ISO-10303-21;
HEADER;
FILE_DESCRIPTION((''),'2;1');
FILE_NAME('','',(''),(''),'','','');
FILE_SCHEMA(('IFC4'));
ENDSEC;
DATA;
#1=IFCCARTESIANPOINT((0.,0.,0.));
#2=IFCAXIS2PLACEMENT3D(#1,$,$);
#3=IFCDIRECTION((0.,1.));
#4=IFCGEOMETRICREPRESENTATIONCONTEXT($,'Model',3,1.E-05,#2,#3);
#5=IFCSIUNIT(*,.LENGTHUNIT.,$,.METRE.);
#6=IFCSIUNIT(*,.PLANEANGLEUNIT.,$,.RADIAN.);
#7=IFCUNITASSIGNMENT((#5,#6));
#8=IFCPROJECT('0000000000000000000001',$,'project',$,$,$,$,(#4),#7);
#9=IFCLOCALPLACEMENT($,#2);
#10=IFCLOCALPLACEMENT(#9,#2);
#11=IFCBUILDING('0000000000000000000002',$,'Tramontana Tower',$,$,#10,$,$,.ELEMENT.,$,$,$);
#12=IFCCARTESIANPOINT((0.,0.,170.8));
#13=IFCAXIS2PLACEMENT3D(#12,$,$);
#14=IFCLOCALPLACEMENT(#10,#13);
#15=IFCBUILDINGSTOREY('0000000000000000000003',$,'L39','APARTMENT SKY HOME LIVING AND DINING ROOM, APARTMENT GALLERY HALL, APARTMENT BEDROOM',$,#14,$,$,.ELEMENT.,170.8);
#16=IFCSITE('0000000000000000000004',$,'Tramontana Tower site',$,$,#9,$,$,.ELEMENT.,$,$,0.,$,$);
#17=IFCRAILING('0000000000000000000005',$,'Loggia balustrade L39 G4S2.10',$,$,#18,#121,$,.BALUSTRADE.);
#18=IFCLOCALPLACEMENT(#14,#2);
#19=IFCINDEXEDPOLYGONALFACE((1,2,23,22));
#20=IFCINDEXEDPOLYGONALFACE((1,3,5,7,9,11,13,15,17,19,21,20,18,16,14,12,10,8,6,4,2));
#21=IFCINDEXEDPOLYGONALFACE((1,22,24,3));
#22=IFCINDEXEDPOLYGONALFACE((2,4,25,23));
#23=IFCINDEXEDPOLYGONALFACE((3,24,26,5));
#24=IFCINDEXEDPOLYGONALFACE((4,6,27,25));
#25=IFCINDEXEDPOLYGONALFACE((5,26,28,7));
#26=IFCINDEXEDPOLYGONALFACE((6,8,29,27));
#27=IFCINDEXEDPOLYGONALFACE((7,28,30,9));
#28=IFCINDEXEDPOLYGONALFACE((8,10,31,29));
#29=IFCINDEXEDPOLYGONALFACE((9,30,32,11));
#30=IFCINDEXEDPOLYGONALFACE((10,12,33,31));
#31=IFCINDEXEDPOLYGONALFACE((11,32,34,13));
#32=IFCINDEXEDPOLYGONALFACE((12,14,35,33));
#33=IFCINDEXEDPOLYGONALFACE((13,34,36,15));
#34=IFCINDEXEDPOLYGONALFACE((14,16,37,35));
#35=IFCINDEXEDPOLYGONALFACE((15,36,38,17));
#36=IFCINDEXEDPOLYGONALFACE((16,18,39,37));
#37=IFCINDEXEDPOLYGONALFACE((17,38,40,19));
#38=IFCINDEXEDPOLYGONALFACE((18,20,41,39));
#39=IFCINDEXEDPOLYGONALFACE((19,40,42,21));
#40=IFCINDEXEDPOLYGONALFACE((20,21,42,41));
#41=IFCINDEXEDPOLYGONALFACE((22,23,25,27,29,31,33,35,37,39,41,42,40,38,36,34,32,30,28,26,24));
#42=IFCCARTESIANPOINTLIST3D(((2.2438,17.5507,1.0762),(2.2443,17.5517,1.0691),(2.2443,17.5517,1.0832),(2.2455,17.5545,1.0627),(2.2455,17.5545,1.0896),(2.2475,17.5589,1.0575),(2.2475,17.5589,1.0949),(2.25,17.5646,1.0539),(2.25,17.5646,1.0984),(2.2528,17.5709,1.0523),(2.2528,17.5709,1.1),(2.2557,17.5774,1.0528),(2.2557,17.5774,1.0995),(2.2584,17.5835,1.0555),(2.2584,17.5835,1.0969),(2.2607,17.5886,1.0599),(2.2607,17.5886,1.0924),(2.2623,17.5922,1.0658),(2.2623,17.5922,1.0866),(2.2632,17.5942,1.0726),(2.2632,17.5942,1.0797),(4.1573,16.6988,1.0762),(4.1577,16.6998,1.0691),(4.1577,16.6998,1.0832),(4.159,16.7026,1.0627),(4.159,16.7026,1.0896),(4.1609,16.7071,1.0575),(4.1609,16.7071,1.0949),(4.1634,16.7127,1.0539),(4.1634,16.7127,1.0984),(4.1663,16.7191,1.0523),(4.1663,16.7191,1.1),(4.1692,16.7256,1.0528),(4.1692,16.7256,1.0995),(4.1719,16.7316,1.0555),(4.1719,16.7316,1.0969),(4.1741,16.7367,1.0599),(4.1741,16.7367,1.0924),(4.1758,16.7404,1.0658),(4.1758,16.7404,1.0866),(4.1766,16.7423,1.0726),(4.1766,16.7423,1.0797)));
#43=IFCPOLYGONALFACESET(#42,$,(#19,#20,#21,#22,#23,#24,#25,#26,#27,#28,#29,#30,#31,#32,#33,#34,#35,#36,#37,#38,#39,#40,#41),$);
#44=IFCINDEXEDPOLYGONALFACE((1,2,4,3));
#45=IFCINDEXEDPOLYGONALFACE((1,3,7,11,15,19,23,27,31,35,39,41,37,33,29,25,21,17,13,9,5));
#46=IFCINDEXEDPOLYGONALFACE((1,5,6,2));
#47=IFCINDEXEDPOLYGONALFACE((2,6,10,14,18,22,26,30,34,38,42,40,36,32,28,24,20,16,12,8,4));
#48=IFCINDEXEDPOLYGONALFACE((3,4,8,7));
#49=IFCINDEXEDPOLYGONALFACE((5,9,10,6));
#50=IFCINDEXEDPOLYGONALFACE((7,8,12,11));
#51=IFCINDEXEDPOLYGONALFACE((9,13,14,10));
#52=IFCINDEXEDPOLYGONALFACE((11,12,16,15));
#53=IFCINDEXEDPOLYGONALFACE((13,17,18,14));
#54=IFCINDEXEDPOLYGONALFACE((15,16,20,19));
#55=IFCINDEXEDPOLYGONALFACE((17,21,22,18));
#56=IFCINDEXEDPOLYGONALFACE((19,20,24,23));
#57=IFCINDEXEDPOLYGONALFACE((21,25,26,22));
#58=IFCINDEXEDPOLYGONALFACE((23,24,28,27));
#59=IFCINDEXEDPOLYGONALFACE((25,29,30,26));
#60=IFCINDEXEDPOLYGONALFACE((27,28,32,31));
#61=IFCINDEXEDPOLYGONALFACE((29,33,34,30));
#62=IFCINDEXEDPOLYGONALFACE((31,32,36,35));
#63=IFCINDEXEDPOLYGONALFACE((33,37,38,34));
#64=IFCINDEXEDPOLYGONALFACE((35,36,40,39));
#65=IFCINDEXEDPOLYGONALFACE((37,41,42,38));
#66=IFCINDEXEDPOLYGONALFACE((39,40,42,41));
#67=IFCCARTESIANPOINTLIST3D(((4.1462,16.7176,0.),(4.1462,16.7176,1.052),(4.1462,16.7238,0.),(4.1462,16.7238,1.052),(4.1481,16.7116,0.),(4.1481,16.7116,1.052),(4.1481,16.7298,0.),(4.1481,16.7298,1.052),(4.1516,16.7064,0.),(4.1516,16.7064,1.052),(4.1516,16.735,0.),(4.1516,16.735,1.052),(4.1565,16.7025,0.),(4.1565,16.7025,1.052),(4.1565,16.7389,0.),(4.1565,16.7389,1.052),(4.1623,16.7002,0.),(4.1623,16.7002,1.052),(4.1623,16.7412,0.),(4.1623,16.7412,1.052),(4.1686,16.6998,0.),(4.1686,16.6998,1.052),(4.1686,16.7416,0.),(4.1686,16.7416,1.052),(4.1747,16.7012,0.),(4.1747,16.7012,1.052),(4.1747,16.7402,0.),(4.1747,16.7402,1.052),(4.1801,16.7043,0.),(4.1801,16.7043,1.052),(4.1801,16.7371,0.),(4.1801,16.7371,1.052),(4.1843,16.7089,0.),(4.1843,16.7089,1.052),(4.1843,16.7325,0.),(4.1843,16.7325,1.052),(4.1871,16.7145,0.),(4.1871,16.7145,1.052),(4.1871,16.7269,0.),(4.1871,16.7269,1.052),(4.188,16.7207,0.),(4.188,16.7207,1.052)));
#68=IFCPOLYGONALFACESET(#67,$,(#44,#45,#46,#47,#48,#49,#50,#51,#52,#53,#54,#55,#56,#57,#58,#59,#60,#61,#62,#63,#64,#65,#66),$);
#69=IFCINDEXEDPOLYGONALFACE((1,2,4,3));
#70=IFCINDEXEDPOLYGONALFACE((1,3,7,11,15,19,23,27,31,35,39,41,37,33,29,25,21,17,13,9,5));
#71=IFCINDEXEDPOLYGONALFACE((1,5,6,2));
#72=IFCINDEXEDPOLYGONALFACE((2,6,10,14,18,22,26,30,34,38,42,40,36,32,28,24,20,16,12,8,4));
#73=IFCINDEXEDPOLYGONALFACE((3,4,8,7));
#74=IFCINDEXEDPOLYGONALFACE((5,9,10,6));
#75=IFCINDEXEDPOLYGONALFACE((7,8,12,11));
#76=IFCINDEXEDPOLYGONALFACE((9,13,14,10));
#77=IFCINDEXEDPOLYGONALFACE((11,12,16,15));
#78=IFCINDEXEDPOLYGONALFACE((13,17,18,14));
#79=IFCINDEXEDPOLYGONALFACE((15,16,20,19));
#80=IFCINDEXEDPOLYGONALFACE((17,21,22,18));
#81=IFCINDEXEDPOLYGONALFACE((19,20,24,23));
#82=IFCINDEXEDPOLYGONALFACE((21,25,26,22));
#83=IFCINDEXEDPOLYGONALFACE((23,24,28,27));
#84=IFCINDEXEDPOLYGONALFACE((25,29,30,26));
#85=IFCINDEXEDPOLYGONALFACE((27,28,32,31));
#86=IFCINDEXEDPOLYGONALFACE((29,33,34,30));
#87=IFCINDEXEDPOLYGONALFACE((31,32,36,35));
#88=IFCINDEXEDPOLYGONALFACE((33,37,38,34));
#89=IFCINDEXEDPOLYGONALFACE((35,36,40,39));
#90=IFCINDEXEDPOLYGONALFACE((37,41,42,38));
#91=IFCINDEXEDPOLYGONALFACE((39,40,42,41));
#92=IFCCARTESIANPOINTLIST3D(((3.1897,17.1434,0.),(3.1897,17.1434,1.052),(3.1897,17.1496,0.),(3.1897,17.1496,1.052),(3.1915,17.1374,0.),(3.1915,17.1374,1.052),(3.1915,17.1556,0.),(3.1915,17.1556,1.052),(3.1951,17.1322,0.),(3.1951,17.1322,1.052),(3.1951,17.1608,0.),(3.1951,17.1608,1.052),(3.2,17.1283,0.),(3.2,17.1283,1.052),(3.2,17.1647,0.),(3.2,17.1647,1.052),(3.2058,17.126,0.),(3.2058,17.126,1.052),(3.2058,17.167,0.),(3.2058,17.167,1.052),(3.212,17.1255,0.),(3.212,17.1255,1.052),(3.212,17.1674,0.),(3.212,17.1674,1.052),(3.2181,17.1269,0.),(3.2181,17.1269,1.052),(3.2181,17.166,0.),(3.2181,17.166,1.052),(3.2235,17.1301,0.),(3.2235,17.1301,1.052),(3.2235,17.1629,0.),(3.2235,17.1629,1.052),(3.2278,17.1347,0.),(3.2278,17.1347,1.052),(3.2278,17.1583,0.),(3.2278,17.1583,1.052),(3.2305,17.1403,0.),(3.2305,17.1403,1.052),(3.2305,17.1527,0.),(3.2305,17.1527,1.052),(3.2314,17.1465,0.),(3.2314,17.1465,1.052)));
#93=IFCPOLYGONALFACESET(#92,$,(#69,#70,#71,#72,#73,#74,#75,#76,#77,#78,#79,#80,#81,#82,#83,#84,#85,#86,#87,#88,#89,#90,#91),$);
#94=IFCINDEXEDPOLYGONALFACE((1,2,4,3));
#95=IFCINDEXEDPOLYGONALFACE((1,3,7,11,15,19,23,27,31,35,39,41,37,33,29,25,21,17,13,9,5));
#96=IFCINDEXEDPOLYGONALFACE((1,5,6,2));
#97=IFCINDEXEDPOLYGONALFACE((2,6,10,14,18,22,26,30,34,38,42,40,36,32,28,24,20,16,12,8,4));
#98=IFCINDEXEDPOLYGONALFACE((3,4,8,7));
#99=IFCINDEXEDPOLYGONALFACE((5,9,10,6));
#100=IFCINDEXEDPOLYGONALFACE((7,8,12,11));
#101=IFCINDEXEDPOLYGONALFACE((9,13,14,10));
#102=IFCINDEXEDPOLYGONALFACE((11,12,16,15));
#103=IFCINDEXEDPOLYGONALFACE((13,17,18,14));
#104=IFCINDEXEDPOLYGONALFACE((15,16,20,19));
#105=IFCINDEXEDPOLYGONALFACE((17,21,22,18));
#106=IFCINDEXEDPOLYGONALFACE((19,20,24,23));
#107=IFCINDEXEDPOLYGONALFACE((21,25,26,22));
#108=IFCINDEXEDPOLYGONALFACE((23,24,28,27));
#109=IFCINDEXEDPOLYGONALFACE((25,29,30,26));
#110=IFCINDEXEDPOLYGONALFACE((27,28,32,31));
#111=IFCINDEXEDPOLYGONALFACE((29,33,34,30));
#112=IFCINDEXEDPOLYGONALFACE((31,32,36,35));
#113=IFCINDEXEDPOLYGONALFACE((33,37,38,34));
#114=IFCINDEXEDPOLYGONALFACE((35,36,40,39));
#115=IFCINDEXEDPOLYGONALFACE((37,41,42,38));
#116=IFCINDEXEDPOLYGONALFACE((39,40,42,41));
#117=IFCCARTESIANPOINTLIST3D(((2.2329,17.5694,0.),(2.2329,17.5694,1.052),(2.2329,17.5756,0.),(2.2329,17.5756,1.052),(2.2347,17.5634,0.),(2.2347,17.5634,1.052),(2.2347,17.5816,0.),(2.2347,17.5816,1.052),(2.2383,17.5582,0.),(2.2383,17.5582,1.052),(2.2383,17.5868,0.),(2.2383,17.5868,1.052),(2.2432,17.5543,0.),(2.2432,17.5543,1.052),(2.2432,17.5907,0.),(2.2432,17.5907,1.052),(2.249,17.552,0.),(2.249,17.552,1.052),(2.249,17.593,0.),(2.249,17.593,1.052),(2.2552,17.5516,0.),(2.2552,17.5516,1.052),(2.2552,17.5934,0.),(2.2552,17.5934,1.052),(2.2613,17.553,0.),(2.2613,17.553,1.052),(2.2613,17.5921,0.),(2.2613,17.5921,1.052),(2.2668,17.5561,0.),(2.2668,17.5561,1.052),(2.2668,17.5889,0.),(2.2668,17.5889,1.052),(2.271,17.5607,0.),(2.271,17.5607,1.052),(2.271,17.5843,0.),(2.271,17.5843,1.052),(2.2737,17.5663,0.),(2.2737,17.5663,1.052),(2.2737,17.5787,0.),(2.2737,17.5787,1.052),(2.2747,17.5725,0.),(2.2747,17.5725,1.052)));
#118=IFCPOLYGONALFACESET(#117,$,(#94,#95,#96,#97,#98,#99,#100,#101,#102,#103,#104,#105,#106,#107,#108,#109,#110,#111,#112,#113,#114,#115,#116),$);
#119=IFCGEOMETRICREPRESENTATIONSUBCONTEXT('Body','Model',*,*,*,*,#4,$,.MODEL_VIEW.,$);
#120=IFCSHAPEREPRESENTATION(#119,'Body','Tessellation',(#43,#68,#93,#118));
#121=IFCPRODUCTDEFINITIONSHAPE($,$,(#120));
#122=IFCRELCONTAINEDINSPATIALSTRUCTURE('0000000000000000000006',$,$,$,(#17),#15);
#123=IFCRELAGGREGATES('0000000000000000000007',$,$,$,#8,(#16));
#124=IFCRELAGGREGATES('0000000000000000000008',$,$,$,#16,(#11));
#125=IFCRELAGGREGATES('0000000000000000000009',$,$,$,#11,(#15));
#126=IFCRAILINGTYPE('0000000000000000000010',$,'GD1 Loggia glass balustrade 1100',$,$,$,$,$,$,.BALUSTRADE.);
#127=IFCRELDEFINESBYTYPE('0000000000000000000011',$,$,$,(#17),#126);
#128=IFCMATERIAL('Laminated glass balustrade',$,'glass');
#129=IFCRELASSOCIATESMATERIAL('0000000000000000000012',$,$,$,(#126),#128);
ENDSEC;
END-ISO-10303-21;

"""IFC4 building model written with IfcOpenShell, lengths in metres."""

from ifc_helpers import new_model, si_unit, direction, frame, origin, origin_2d, place, context, subcontext, project, spatial, circle, extrude, material, type_object, element, save


model = new_model("IFC4")

# Units and contexts
model_context = context("Model", 3, precision=1e-05, world=origin(), true_north=direction((0.0, 1.0)))
body_context = subcontext(model_context, "Body", "Model", "MODEL_VIEW")
ifc_project = project(units=[si_unit("LENGTHUNIT", "METRE"), si_unit("PLANEANGLEUNIT", "RADIAN")], contexts=[model_context])

# Site, building, storey
site_placement = place(None, origin())
site = spatial("IfcSite", under=ifc_project, at=site_placement, Name="Tramontana Tower site", CompositionType="ELEMENT", RefElevation=0.0)
building_placement = place(site_placement, origin())
building = spatial("IfcBuilding", under=site, at=building_placement, Name="Tramontana Tower", CompositionType="ELEMENT")
storey_placement = place(building_placement, frame((0.0, 0.0, 170.8)))
storey = spatial("IfcBuildingStorey", under=building, at=storey_placement, Name="L39", Description="APARTMENT SKY HOME LIVING AND DINING ROOM, APARTMENT GALLERY HALL, APARTMENT BEDROOM", CompositionType="ELEMENT", Elevation=170.8)

# Railing
ifc_material_1 = material(Name="Laminated glass balustrade", Category="glass")
railing_type = type_object("IfcRailingType", Name="GD1 Loggia glass balustrade 1100", PredefinedType="BALUSTRADE", material=ifc_material_1)
railing_placement = place(storey_placement, frame((4.167, 16.7207, 0.0)))
element("IfcRailing", 1, at=railing_placement, inside=storey, type_object=railing_type, Name="Loggia balustrade L39 G4S2.10", PredefinedType="BALUSTRADE", context=body_context, shape_type="SweptSolid", body=[
    extrude(circle(Radius=0.0239, at=origin_2d()), frame((0.0, 0.0, 1.0762), z_axis=(-0.913557, 0.406712, 0.0), x_axis=(-0.406712, -0.913557, 0.0)), (0.0, 0.0, 1.0), 2.0945),
    extrude(circle(Radius=0.021, at=origin_2d()), origin(), (0.0, 0.0, 1.0), 1.052),
    extrude(circle(Radius=0.021, at=origin_2d()), frame((-0.9565, 0.4258, 0.0)), (0.0, 0.0, 1.0), 1.052),
    extrude(circle(Radius=0.021, at=origin_2d()), frame((-1.9133, 0.8518, 0.0)), (0.0, 0.0, 1.0), 1.052),
])

save(model, "model.ifc")
